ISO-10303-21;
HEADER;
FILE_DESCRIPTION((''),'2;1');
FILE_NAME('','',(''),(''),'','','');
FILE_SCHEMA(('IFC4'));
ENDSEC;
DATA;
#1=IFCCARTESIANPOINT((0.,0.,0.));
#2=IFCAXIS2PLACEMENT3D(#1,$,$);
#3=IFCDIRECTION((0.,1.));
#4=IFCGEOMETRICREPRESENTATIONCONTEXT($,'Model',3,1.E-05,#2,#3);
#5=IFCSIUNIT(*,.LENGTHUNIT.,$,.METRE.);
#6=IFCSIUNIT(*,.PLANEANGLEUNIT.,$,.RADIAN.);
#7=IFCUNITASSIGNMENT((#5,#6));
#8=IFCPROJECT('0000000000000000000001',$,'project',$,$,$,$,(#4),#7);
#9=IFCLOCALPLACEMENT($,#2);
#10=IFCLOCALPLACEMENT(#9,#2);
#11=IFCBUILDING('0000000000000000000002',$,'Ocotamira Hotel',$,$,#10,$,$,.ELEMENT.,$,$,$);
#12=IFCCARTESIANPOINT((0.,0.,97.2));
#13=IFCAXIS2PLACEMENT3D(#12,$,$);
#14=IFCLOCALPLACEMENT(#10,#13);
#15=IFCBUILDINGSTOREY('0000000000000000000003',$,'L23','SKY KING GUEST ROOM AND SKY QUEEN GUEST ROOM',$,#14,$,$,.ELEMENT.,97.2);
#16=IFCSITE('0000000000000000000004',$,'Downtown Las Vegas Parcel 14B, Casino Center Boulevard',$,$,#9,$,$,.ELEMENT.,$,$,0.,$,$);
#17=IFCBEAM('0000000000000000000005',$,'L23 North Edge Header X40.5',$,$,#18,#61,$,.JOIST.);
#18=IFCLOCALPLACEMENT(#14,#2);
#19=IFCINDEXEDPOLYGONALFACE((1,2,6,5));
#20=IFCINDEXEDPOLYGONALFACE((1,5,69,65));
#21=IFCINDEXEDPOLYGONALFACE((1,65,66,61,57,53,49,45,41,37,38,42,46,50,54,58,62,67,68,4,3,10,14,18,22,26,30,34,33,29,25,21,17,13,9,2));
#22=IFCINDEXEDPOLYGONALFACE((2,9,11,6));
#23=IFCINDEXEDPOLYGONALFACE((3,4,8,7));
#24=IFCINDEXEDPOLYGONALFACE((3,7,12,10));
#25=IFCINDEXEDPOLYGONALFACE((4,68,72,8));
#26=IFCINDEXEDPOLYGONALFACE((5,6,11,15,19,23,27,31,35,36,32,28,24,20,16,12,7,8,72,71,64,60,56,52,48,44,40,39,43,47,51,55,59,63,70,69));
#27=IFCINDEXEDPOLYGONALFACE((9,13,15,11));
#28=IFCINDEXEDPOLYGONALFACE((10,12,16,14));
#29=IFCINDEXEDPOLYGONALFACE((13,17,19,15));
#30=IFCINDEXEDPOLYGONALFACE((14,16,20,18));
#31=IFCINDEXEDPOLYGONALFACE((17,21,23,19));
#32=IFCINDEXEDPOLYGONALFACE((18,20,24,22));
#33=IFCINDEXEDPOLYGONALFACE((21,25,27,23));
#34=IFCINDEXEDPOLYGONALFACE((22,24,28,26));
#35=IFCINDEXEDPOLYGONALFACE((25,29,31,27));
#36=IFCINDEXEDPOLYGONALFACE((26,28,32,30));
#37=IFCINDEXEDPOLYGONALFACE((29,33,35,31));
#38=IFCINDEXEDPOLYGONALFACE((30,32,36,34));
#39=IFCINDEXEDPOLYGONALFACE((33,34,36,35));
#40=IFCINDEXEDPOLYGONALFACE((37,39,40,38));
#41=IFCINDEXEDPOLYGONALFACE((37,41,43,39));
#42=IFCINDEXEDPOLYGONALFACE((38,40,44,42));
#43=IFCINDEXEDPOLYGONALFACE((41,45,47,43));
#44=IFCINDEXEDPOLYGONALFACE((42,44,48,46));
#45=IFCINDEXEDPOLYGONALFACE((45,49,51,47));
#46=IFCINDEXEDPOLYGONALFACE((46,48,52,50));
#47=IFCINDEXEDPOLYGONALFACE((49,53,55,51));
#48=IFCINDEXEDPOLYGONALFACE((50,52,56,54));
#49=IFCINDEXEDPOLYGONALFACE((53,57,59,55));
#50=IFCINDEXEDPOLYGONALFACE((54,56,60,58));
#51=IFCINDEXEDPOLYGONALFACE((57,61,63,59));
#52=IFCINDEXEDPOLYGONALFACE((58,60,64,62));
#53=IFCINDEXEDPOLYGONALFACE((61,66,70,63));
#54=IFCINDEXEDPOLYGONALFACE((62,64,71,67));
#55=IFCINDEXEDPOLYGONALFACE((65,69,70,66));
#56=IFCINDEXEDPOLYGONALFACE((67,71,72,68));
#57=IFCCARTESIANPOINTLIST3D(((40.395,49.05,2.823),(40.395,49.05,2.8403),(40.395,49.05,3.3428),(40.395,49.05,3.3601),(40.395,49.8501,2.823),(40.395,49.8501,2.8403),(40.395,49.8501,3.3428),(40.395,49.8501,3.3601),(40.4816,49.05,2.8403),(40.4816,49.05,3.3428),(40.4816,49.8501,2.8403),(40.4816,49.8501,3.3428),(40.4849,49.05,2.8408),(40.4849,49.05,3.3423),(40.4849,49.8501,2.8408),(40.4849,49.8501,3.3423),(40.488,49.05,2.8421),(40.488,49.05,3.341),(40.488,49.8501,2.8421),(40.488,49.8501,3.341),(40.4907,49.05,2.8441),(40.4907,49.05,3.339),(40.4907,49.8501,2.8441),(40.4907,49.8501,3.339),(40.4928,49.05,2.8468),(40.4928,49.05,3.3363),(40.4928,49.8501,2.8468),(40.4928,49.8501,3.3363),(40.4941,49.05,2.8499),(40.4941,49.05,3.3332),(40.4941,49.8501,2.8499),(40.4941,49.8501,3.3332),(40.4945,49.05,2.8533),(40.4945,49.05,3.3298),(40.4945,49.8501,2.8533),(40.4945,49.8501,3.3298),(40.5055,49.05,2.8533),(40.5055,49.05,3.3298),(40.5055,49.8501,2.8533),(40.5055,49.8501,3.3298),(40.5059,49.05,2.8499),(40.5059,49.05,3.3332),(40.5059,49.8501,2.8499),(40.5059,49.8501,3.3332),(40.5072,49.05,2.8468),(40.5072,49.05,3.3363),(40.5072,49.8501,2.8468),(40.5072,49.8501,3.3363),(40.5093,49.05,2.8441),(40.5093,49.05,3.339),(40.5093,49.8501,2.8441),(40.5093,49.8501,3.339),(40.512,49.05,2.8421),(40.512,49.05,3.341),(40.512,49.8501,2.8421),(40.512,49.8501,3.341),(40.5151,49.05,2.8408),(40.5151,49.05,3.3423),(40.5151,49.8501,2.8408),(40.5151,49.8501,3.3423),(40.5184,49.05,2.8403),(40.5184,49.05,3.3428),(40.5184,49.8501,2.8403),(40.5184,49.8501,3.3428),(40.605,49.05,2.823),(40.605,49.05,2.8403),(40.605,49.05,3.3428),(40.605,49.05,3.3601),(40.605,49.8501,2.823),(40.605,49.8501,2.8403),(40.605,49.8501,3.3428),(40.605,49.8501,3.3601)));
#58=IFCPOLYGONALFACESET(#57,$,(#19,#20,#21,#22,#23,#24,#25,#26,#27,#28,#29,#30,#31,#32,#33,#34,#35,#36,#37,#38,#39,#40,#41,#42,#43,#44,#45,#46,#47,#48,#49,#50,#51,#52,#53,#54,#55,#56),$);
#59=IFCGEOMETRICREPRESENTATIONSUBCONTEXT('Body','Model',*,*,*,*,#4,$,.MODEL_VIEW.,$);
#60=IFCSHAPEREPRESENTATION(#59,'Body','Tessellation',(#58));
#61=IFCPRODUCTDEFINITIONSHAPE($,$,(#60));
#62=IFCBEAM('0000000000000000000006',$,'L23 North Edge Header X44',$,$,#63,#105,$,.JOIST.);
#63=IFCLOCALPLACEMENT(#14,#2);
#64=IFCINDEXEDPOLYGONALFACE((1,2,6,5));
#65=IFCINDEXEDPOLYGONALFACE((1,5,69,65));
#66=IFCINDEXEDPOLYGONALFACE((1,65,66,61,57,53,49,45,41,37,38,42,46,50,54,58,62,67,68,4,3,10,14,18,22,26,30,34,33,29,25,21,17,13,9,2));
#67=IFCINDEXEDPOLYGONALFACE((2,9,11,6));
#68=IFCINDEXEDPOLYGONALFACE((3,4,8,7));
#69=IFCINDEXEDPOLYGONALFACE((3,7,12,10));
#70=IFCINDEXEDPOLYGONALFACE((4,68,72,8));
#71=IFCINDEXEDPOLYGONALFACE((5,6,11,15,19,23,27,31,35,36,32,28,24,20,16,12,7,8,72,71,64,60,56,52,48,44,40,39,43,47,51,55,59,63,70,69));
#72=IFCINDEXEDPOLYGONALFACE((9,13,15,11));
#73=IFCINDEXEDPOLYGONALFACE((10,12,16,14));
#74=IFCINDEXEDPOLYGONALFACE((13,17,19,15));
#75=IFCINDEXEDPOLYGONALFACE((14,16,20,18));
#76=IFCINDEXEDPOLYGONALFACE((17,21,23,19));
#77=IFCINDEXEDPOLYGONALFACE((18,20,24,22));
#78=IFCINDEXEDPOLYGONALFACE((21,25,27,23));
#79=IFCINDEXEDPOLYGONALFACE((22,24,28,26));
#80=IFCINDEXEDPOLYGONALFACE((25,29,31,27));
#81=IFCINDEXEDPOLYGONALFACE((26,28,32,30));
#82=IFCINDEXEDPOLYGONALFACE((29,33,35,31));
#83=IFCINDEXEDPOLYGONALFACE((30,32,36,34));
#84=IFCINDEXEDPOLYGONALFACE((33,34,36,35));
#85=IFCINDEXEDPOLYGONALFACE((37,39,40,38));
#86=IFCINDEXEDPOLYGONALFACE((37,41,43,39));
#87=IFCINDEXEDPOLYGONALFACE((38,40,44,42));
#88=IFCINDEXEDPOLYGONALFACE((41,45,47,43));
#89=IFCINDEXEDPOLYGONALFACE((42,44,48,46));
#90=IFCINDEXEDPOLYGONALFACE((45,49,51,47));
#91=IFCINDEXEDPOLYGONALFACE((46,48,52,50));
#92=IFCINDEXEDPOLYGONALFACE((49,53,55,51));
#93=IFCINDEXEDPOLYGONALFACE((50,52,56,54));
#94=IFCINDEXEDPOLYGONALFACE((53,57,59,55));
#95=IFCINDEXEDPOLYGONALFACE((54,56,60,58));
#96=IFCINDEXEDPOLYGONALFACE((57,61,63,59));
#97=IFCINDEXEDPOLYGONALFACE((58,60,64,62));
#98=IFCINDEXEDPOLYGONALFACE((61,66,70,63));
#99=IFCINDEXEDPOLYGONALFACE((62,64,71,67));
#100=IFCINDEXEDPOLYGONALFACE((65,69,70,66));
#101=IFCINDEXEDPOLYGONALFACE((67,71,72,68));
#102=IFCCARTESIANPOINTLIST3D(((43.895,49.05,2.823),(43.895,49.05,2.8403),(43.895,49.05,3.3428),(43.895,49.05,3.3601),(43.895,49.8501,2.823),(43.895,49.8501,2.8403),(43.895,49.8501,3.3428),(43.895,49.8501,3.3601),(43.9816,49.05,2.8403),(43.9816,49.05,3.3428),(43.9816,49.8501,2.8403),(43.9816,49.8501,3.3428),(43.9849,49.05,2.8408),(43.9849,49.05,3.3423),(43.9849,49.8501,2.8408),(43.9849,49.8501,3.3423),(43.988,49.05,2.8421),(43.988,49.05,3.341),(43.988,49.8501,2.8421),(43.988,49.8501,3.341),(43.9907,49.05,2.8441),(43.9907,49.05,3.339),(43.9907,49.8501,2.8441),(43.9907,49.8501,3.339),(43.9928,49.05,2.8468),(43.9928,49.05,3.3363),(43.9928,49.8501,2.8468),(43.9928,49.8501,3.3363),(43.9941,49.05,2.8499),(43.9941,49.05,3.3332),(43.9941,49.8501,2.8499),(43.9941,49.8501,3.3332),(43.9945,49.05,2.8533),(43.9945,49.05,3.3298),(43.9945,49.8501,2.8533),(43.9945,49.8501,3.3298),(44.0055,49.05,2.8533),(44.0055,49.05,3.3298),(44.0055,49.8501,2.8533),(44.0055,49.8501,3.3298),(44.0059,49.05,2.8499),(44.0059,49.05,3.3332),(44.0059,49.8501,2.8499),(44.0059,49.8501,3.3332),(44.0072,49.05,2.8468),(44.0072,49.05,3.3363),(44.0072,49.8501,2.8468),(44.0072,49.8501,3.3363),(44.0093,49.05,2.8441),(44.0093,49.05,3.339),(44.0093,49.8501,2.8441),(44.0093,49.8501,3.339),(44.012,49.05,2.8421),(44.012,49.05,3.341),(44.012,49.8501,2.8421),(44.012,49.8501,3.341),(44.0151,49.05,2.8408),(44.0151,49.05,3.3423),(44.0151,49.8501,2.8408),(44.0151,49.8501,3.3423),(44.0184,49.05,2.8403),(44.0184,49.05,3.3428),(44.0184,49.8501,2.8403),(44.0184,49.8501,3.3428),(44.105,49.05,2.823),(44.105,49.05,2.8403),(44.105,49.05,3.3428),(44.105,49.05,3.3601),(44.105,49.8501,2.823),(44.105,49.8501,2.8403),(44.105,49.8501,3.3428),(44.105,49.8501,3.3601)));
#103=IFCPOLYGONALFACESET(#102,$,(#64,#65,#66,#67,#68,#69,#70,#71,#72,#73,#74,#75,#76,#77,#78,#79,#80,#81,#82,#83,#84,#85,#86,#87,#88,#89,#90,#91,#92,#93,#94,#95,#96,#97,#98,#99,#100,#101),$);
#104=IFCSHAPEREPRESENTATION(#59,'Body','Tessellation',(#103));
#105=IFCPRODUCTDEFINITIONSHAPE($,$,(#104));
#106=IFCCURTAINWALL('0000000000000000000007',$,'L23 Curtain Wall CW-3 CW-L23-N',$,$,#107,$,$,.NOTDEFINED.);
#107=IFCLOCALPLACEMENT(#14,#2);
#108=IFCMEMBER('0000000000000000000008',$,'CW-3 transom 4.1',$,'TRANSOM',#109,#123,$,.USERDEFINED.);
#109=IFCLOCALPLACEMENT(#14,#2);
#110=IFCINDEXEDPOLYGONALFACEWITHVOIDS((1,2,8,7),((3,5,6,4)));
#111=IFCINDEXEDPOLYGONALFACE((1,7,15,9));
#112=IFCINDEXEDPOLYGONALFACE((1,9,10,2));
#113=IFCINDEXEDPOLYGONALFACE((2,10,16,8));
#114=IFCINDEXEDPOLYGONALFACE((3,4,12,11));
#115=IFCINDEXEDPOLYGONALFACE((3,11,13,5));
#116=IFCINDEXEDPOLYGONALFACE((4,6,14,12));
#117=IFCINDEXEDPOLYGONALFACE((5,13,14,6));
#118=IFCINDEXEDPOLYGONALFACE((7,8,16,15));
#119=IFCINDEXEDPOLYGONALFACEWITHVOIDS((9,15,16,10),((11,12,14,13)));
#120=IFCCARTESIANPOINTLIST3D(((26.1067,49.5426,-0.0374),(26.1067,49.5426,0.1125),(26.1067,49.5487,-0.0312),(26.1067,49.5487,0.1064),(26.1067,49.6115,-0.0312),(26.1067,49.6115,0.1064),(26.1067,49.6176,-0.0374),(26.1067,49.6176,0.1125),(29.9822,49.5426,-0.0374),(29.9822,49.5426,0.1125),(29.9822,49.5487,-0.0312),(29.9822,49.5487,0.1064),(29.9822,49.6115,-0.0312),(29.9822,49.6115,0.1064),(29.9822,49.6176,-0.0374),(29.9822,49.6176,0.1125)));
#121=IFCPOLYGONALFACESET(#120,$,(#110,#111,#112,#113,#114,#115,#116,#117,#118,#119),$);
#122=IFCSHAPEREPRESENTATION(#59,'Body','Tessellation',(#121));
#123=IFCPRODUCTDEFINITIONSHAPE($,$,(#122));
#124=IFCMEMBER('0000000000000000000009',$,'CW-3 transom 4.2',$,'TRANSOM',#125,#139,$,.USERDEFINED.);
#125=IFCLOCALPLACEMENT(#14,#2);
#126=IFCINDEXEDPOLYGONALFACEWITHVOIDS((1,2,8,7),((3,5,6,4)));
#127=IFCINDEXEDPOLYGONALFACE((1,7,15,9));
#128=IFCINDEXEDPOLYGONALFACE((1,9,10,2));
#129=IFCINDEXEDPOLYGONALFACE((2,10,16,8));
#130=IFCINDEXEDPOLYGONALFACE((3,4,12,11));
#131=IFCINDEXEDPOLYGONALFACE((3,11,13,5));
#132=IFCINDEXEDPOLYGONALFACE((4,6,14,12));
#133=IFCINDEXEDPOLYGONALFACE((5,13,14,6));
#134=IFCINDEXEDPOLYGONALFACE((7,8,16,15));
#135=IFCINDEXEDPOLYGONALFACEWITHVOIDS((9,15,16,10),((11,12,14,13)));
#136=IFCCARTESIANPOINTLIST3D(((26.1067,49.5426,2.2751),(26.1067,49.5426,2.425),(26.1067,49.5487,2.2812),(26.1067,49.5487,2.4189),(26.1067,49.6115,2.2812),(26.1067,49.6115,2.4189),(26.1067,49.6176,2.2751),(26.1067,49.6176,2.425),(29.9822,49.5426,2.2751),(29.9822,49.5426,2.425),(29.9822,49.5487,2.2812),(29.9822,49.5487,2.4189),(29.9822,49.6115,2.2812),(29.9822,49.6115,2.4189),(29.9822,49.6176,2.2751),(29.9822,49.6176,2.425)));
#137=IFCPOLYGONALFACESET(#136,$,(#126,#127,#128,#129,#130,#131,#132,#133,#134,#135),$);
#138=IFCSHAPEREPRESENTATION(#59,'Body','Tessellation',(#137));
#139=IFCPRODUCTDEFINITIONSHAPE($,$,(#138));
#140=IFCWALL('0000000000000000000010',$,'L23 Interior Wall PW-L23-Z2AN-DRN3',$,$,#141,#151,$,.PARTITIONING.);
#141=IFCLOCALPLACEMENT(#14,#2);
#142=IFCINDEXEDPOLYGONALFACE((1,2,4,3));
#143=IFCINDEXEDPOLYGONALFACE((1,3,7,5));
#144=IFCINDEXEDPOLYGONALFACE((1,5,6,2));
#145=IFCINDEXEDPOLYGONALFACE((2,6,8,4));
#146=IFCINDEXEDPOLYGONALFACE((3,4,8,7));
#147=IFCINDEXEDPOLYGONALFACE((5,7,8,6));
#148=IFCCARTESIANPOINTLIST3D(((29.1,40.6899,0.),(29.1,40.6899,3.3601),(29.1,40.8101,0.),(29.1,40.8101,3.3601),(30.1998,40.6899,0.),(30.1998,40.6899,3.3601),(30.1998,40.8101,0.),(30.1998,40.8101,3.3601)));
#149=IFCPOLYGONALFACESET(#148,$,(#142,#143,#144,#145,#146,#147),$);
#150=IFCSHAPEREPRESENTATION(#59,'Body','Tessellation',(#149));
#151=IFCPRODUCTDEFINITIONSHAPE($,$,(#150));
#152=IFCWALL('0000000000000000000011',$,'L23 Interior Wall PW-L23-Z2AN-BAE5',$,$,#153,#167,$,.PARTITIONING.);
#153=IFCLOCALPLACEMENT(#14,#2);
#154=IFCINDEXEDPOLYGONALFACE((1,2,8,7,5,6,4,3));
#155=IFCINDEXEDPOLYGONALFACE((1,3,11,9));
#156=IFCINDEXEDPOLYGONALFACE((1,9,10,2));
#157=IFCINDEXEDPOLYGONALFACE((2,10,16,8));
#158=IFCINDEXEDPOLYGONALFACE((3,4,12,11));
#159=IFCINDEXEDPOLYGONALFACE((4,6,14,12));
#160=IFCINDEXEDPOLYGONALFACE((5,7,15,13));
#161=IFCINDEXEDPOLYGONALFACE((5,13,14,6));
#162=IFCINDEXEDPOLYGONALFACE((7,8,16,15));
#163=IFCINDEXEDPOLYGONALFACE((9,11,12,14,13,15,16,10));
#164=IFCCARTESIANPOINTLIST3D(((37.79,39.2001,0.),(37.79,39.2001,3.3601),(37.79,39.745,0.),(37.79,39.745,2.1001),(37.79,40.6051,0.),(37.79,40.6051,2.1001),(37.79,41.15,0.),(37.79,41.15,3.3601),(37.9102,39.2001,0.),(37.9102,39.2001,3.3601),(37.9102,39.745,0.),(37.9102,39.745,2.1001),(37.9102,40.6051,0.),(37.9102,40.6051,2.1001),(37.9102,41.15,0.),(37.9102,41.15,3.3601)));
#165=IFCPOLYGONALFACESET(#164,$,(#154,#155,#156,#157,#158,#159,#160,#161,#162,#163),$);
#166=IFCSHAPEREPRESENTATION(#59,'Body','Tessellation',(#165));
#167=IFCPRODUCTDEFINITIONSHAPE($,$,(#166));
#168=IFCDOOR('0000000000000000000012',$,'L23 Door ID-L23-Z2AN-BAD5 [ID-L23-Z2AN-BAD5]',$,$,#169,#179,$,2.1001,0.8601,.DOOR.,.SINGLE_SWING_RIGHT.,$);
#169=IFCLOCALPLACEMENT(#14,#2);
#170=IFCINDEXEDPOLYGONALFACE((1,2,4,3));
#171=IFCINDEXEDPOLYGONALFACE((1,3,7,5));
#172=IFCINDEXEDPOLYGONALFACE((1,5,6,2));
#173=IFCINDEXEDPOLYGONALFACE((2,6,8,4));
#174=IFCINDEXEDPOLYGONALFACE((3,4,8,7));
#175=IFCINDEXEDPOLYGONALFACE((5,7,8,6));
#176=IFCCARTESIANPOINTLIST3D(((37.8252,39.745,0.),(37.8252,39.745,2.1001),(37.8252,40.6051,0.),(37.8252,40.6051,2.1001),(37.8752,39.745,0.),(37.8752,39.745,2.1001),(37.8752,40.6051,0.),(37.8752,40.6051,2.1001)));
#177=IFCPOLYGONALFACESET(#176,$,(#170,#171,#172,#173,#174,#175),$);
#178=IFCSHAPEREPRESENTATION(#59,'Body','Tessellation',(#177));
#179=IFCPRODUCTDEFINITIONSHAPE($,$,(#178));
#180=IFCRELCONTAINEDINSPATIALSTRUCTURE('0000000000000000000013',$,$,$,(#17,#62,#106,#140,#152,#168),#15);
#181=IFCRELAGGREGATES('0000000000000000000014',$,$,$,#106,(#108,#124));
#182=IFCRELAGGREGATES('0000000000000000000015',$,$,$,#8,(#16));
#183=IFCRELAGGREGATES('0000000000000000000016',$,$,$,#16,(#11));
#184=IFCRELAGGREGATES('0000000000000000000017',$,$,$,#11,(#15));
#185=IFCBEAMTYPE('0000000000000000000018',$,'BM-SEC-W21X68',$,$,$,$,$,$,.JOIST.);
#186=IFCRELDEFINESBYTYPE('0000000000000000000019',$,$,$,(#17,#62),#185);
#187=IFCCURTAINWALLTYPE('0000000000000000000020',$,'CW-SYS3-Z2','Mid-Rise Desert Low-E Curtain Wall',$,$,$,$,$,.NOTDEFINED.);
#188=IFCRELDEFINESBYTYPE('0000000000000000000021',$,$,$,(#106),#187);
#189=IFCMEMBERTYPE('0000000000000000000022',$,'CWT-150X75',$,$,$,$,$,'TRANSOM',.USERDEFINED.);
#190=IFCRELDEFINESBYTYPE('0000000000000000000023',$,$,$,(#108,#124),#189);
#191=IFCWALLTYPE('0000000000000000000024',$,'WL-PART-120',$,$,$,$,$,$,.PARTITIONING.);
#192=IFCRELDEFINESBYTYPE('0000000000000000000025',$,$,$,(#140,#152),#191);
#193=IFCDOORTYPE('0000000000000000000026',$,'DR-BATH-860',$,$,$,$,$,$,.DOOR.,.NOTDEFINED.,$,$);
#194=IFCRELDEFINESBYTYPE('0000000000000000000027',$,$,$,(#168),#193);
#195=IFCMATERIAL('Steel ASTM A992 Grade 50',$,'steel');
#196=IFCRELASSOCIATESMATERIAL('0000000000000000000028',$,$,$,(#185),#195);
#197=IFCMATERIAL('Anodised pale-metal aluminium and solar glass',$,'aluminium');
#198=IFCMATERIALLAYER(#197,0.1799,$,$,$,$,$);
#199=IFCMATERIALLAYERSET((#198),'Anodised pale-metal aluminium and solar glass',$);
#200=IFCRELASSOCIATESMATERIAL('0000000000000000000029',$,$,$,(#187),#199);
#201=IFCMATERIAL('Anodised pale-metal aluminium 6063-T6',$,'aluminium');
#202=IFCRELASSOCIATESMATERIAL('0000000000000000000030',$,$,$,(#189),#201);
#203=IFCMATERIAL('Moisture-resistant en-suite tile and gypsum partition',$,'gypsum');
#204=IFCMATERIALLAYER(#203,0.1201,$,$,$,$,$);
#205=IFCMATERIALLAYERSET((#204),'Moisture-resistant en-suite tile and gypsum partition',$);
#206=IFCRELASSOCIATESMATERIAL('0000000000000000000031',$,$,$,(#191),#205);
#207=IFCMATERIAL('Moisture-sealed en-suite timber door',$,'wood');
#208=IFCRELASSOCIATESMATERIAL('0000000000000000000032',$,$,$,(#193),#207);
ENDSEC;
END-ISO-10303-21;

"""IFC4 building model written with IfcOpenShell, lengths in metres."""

from ifc_helpers import new_model, si_unit, direction, frame, frame_2d, origin, origin_2d, place, context, subcontext, project, spatial, rectangle, hollow_rectangle, i_section, extrude, source, transform, mapped, material, layer, layer_set, material_profile, profile_set, type_object, element, fill, aggregate, save


model = new_model("IFC4")

# Units and contexts
model_context = context("Model", 3, precision=1e-05, world=origin(), true_north=direction((0.0, 1.0)))
body_context = subcontext(model_context, "Body", "Model", "MODEL_VIEW")
ifc_project = project(units=[si_unit("LENGTHUNIT", "METRE"), si_unit("PLANEANGLEUNIT", "RADIAN")], contexts=[model_context])

# Site, building, storey
site_placement = place(None, origin())
site = spatial("IfcSite", under=ifc_project, at=site_placement, Name="Downtown Las Vegas Parcel 14B, Casino Center Boulevard", CompositionType="ELEMENT", RefElevation=0.0)
building_placement = place(site_placement, origin())
building = spatial("IfcBuilding", under=site, at=building_placement, Name="Ocotamira Hotel", CompositionType="ELEMENT")
storey_placement = place(building_placement, frame((0.0, 0.0, 97.2)))
storey = spatial("IfcBuildingStorey", under=building, at=storey_placement, Name="L23", Description="SKY KING GUEST ROOM AND SKY QUEEN GUEST ROOM", CompositionType="ELEMENT", Elevation=97.2)

# Beams
ifc_material_1 = material(Name="Steel ASTM A992 Grade 50", Category="steel")
ifc_material_profile_1 = material_profile(ifc_material_1, i_section(OverallWidth=0.21, OverallDepth=0.5371, WebThickness=0.011, FlangeThickness=0.0173, FilletRadius=0.0129, at=origin_2d()), Name="W21X68")
ifc_profile_set_1 = profile_set([ifc_material_profile_1], Name="Steel ASTM A992 Grade 50")
beam_type_1 = type_object("IfcBeamType", Name="BM-SEC-W21X68", PredefinedType="JOIST", material=ifc_profile_set_1)
shared_shape_1 = source(origin(), body_context, "Body", "SweptSolid", [
    extrude(i_section(OverallWidth=0.21, OverallDepth=0.5371, WebThickness=0.011, FlangeThickness=0.0173, FilletRadius=0.0129, at=origin_2d()), origin(), (0.0, 0.0, 1.0), 0.8),
])
for number, where, z_axis, x_axis, name in (
    (1, (40.5, 49.05, 3.0916), (0.0, 1.0, 0.0), (-1.0, 0.0, 0.0), "L23 North Edge Header X40.5"),
    (2, (44.0, 49.05, 3.0916), (0.0, 1.0, 0.0), (-1.0, 0.0, 0.0), "L23 North Edge Header X44"),
):
    element("IfcBeam", number, at=place(storey_placement, frame(where, z_axis=z_axis, x_axis=x_axis)), inside=storey, type_object=beam_type_1, Name=name, PredefinedType="JOIST", context=body_context, shape_type="MappedRepresentation", body=[
        mapped(shared_shape_1, transform((0.0, 0.0, 0.0), scale=1.0)),
    ])

# Curtain wall, members
ifc_material_2 = material(Name="Anodised pale-metal aluminium and solar glass", Category="aluminium")
ifc_layer_1 = layer(ifc_material_2, 0.1799)
ifc_layer_set_1 = layer_set([ifc_layer_1], Name="Anodised pale-metal aluminium and solar glass")
curtain_wall_type = type_object("IfcCurtainWallType", Name="CW-SYS3-Z2", Description="Mid-Rise Desert Low-E Curtain Wall", PredefinedType="NOTDEFINED", material=ifc_layer_set_1)
curtain_wall_placement = place(storey_placement, origin())
curtain_wall = element("IfcCurtainWall", 3, at=curtain_wall_placement, inside=storey, type_object=curtain_wall_type, Name="L23 Curtain Wall CW-3 CW-L23-N", PredefinedType="NOTDEFINED")
ifc_material_3 = material(Name="Anodised pale-metal aluminium 6063-T6", Category="aluminium")
ifc_material_profile_2 = material_profile(ifc_material_3, hollow_rectangle(XDim=0.075, YDim=0.1499, WallThickness=0.0061, at=origin_2d()), Name="HSS150X75X6")
ifc_profile_set_2 = profile_set([ifc_material_profile_2], Name="Anodised pale-metal aluminium 6063-T6")
member_type = type_object("IfcMemberType", Name="CWT-150X75", ElementType="TRANSOM", PredefinedType="USERDEFINED", material=ifc_profile_set_2)
shared_shape_2 = source(origin(), body_context, "Body", "SweptSolid", [
    extrude(hollow_rectangle(XDim=0.075, YDim=0.1499, WallThickness=0.0061, at=origin_2d()), origin(), (0.0, 0.0, 1.0), 3.8755),
])
member_1_placement = place(storey_placement, frame((26.1067, 49.5801, 0.0376), z_axis=(1.0, 0.0, 0.0), x_axis=(0.0, 1.0, 0.0)))
member_1 = element("IfcMember", 4, at=member_1_placement, type_object=member_type, Name="CW-3 transom 4.1", ObjectType="TRANSOM", PredefinedType="USERDEFINED", context=body_context, shape_type="MappedRepresentation", body=[
    mapped(shared_shape_2, transform((0.0, 0.0, 0.0), scale=1.0)),
])
member_2_placement = place(storey_placement, frame((26.1067, 49.5801, 2.3501), z_axis=(1.0, 0.0, 0.0), x_axis=(0.0, 1.0, 0.0)))
member_2 = element("IfcMember", 5, at=member_2_placement, type_object=member_type, Name="CW-3 transom 4.2", ObjectType="TRANSOM", PredefinedType="USERDEFINED", context=body_context, shape_type="MappedRepresentation", body=[
    mapped(shared_shape_2, transform((0.0, 0.0, 0.0), scale=1.0)),
])
aggregate(curtain_wall, [member_1, member_2])

# Wall
ifc_material_4 = material(Name="Moisture-resistant en-suite tile and gypsum partition", Category="gypsum")
ifc_layer_2 = layer(ifc_material_4, 0.1201)
ifc_layer_set_2 = layer_set([ifc_layer_2], Name="Moisture-resistant en-suite tile and gypsum partition")
wall_type_1 = type_object("IfcWallType", Name="WL-PART-120", PredefinedType="PARTITIONING", material=ifc_layer_set_2)
wall_1_placement = place(storey_placement, frame((29.1001, 40.75, 0.0), z_axis=(0.0, 0.0, 1.0), x_axis=(1.0, 0.0, 0.0)))
element("IfcWall", 6, at=wall_1_placement, inside=storey, type_object=wall_type_1, Name="L23 Interior Wall PW-L23-Z2AN-DRN3", PredefinedType="PARTITIONING", context=body_context, shape_type="SweptSolid", body=[
    extrude(rectangle(XDim=1.0999, YDim=0.1201, at=frame_2d((0.5498, 0.0))), origin(), (0.0, 0.0, 1.0), 3.3601),
])

# Wall, opening, door
wall_2_placement = place(storey_placement, frame((37.8501, 39.2, 0.0), z_axis=(0.0, 0.0, 1.0), x_axis=(0.0, 1.0, 0.0)))
wall_2 = element("IfcWall", 7, at=wall_2_placement, inside=storey, type_object=wall_type_1, Name="L23 Interior Wall PW-L23-Z2AN-BAE5", PredefinedType="PARTITIONING", context=body_context, shape_type="SweptSolid", body=[
    extrude(rectangle(XDim=1.95, YDim=0.1201, at=frame_2d((0.9751, 0.0))), origin(), (0.0, 0.0, 1.0), 3.3601),
])
opening_1_placement = place(wall_2_placement, frame((0.5449, 0.0, 0.0)))
opening_1 = element("IfcOpeningElement", 8, at=opening_1_placement, cuts=wall_2, PredefinedType="OPENING", context=body_context, shape_type="SweptSolid", body=[
    extrude(rectangle(XDim=0.8601, YDim=2.1001, at=frame_2d((0.4302, 1.05))), frame((0.0, 0.0701, 0.0), z_axis=(0.0, -1.0, 0.0), x_axis=(1.0, 0.0, 0.0)), (0.0, 0.0, 1.0), 0.1401),
])
ifc_material_5 = material(Name="Moisture-sealed en-suite timber door", Category="wood")
door_type = type_object("IfcDoorType", Name="DR-BATH-860", OperationType="NOTDEFINED", PredefinedType="DOOR", material=ifc_material_5)
shared_shape_3 = source(origin(), body_context, "Body", "SweptSolid", [
    extrude(rectangle(XDim=0.8601, YDim=2.1001, at=frame_2d((0.4302, 1.05))), frame((0.0, 0.0249, 0.0), z_axis=(0.0, -1.0, 0.0), x_axis=(1.0, 0.0, 0.0)), (0.0, 0.0, 1.0), 0.05),
])
door_1_placement = place(opening_1_placement, origin())
door_1 = element("IfcDoor", 9, at=door_1_placement, inside=storey, type_object=door_type, Name="L23 Door ID-L23-Z2AN-BAD5 [ID-L23-Z2AN-BAD5]", OperationType="SINGLE_SWING_RIGHT", OverallHeight=2.1001, OverallWidth=0.8601, PredefinedType="DOOR", context=body_context, shape_type="MappedRepresentation", body=[
    mapped(shared_shape_3, transform((0.0, 0.0, 0.0), scale=1.0)),
])
fill(opening_1, door_1)

save(model, "model.ifc")
